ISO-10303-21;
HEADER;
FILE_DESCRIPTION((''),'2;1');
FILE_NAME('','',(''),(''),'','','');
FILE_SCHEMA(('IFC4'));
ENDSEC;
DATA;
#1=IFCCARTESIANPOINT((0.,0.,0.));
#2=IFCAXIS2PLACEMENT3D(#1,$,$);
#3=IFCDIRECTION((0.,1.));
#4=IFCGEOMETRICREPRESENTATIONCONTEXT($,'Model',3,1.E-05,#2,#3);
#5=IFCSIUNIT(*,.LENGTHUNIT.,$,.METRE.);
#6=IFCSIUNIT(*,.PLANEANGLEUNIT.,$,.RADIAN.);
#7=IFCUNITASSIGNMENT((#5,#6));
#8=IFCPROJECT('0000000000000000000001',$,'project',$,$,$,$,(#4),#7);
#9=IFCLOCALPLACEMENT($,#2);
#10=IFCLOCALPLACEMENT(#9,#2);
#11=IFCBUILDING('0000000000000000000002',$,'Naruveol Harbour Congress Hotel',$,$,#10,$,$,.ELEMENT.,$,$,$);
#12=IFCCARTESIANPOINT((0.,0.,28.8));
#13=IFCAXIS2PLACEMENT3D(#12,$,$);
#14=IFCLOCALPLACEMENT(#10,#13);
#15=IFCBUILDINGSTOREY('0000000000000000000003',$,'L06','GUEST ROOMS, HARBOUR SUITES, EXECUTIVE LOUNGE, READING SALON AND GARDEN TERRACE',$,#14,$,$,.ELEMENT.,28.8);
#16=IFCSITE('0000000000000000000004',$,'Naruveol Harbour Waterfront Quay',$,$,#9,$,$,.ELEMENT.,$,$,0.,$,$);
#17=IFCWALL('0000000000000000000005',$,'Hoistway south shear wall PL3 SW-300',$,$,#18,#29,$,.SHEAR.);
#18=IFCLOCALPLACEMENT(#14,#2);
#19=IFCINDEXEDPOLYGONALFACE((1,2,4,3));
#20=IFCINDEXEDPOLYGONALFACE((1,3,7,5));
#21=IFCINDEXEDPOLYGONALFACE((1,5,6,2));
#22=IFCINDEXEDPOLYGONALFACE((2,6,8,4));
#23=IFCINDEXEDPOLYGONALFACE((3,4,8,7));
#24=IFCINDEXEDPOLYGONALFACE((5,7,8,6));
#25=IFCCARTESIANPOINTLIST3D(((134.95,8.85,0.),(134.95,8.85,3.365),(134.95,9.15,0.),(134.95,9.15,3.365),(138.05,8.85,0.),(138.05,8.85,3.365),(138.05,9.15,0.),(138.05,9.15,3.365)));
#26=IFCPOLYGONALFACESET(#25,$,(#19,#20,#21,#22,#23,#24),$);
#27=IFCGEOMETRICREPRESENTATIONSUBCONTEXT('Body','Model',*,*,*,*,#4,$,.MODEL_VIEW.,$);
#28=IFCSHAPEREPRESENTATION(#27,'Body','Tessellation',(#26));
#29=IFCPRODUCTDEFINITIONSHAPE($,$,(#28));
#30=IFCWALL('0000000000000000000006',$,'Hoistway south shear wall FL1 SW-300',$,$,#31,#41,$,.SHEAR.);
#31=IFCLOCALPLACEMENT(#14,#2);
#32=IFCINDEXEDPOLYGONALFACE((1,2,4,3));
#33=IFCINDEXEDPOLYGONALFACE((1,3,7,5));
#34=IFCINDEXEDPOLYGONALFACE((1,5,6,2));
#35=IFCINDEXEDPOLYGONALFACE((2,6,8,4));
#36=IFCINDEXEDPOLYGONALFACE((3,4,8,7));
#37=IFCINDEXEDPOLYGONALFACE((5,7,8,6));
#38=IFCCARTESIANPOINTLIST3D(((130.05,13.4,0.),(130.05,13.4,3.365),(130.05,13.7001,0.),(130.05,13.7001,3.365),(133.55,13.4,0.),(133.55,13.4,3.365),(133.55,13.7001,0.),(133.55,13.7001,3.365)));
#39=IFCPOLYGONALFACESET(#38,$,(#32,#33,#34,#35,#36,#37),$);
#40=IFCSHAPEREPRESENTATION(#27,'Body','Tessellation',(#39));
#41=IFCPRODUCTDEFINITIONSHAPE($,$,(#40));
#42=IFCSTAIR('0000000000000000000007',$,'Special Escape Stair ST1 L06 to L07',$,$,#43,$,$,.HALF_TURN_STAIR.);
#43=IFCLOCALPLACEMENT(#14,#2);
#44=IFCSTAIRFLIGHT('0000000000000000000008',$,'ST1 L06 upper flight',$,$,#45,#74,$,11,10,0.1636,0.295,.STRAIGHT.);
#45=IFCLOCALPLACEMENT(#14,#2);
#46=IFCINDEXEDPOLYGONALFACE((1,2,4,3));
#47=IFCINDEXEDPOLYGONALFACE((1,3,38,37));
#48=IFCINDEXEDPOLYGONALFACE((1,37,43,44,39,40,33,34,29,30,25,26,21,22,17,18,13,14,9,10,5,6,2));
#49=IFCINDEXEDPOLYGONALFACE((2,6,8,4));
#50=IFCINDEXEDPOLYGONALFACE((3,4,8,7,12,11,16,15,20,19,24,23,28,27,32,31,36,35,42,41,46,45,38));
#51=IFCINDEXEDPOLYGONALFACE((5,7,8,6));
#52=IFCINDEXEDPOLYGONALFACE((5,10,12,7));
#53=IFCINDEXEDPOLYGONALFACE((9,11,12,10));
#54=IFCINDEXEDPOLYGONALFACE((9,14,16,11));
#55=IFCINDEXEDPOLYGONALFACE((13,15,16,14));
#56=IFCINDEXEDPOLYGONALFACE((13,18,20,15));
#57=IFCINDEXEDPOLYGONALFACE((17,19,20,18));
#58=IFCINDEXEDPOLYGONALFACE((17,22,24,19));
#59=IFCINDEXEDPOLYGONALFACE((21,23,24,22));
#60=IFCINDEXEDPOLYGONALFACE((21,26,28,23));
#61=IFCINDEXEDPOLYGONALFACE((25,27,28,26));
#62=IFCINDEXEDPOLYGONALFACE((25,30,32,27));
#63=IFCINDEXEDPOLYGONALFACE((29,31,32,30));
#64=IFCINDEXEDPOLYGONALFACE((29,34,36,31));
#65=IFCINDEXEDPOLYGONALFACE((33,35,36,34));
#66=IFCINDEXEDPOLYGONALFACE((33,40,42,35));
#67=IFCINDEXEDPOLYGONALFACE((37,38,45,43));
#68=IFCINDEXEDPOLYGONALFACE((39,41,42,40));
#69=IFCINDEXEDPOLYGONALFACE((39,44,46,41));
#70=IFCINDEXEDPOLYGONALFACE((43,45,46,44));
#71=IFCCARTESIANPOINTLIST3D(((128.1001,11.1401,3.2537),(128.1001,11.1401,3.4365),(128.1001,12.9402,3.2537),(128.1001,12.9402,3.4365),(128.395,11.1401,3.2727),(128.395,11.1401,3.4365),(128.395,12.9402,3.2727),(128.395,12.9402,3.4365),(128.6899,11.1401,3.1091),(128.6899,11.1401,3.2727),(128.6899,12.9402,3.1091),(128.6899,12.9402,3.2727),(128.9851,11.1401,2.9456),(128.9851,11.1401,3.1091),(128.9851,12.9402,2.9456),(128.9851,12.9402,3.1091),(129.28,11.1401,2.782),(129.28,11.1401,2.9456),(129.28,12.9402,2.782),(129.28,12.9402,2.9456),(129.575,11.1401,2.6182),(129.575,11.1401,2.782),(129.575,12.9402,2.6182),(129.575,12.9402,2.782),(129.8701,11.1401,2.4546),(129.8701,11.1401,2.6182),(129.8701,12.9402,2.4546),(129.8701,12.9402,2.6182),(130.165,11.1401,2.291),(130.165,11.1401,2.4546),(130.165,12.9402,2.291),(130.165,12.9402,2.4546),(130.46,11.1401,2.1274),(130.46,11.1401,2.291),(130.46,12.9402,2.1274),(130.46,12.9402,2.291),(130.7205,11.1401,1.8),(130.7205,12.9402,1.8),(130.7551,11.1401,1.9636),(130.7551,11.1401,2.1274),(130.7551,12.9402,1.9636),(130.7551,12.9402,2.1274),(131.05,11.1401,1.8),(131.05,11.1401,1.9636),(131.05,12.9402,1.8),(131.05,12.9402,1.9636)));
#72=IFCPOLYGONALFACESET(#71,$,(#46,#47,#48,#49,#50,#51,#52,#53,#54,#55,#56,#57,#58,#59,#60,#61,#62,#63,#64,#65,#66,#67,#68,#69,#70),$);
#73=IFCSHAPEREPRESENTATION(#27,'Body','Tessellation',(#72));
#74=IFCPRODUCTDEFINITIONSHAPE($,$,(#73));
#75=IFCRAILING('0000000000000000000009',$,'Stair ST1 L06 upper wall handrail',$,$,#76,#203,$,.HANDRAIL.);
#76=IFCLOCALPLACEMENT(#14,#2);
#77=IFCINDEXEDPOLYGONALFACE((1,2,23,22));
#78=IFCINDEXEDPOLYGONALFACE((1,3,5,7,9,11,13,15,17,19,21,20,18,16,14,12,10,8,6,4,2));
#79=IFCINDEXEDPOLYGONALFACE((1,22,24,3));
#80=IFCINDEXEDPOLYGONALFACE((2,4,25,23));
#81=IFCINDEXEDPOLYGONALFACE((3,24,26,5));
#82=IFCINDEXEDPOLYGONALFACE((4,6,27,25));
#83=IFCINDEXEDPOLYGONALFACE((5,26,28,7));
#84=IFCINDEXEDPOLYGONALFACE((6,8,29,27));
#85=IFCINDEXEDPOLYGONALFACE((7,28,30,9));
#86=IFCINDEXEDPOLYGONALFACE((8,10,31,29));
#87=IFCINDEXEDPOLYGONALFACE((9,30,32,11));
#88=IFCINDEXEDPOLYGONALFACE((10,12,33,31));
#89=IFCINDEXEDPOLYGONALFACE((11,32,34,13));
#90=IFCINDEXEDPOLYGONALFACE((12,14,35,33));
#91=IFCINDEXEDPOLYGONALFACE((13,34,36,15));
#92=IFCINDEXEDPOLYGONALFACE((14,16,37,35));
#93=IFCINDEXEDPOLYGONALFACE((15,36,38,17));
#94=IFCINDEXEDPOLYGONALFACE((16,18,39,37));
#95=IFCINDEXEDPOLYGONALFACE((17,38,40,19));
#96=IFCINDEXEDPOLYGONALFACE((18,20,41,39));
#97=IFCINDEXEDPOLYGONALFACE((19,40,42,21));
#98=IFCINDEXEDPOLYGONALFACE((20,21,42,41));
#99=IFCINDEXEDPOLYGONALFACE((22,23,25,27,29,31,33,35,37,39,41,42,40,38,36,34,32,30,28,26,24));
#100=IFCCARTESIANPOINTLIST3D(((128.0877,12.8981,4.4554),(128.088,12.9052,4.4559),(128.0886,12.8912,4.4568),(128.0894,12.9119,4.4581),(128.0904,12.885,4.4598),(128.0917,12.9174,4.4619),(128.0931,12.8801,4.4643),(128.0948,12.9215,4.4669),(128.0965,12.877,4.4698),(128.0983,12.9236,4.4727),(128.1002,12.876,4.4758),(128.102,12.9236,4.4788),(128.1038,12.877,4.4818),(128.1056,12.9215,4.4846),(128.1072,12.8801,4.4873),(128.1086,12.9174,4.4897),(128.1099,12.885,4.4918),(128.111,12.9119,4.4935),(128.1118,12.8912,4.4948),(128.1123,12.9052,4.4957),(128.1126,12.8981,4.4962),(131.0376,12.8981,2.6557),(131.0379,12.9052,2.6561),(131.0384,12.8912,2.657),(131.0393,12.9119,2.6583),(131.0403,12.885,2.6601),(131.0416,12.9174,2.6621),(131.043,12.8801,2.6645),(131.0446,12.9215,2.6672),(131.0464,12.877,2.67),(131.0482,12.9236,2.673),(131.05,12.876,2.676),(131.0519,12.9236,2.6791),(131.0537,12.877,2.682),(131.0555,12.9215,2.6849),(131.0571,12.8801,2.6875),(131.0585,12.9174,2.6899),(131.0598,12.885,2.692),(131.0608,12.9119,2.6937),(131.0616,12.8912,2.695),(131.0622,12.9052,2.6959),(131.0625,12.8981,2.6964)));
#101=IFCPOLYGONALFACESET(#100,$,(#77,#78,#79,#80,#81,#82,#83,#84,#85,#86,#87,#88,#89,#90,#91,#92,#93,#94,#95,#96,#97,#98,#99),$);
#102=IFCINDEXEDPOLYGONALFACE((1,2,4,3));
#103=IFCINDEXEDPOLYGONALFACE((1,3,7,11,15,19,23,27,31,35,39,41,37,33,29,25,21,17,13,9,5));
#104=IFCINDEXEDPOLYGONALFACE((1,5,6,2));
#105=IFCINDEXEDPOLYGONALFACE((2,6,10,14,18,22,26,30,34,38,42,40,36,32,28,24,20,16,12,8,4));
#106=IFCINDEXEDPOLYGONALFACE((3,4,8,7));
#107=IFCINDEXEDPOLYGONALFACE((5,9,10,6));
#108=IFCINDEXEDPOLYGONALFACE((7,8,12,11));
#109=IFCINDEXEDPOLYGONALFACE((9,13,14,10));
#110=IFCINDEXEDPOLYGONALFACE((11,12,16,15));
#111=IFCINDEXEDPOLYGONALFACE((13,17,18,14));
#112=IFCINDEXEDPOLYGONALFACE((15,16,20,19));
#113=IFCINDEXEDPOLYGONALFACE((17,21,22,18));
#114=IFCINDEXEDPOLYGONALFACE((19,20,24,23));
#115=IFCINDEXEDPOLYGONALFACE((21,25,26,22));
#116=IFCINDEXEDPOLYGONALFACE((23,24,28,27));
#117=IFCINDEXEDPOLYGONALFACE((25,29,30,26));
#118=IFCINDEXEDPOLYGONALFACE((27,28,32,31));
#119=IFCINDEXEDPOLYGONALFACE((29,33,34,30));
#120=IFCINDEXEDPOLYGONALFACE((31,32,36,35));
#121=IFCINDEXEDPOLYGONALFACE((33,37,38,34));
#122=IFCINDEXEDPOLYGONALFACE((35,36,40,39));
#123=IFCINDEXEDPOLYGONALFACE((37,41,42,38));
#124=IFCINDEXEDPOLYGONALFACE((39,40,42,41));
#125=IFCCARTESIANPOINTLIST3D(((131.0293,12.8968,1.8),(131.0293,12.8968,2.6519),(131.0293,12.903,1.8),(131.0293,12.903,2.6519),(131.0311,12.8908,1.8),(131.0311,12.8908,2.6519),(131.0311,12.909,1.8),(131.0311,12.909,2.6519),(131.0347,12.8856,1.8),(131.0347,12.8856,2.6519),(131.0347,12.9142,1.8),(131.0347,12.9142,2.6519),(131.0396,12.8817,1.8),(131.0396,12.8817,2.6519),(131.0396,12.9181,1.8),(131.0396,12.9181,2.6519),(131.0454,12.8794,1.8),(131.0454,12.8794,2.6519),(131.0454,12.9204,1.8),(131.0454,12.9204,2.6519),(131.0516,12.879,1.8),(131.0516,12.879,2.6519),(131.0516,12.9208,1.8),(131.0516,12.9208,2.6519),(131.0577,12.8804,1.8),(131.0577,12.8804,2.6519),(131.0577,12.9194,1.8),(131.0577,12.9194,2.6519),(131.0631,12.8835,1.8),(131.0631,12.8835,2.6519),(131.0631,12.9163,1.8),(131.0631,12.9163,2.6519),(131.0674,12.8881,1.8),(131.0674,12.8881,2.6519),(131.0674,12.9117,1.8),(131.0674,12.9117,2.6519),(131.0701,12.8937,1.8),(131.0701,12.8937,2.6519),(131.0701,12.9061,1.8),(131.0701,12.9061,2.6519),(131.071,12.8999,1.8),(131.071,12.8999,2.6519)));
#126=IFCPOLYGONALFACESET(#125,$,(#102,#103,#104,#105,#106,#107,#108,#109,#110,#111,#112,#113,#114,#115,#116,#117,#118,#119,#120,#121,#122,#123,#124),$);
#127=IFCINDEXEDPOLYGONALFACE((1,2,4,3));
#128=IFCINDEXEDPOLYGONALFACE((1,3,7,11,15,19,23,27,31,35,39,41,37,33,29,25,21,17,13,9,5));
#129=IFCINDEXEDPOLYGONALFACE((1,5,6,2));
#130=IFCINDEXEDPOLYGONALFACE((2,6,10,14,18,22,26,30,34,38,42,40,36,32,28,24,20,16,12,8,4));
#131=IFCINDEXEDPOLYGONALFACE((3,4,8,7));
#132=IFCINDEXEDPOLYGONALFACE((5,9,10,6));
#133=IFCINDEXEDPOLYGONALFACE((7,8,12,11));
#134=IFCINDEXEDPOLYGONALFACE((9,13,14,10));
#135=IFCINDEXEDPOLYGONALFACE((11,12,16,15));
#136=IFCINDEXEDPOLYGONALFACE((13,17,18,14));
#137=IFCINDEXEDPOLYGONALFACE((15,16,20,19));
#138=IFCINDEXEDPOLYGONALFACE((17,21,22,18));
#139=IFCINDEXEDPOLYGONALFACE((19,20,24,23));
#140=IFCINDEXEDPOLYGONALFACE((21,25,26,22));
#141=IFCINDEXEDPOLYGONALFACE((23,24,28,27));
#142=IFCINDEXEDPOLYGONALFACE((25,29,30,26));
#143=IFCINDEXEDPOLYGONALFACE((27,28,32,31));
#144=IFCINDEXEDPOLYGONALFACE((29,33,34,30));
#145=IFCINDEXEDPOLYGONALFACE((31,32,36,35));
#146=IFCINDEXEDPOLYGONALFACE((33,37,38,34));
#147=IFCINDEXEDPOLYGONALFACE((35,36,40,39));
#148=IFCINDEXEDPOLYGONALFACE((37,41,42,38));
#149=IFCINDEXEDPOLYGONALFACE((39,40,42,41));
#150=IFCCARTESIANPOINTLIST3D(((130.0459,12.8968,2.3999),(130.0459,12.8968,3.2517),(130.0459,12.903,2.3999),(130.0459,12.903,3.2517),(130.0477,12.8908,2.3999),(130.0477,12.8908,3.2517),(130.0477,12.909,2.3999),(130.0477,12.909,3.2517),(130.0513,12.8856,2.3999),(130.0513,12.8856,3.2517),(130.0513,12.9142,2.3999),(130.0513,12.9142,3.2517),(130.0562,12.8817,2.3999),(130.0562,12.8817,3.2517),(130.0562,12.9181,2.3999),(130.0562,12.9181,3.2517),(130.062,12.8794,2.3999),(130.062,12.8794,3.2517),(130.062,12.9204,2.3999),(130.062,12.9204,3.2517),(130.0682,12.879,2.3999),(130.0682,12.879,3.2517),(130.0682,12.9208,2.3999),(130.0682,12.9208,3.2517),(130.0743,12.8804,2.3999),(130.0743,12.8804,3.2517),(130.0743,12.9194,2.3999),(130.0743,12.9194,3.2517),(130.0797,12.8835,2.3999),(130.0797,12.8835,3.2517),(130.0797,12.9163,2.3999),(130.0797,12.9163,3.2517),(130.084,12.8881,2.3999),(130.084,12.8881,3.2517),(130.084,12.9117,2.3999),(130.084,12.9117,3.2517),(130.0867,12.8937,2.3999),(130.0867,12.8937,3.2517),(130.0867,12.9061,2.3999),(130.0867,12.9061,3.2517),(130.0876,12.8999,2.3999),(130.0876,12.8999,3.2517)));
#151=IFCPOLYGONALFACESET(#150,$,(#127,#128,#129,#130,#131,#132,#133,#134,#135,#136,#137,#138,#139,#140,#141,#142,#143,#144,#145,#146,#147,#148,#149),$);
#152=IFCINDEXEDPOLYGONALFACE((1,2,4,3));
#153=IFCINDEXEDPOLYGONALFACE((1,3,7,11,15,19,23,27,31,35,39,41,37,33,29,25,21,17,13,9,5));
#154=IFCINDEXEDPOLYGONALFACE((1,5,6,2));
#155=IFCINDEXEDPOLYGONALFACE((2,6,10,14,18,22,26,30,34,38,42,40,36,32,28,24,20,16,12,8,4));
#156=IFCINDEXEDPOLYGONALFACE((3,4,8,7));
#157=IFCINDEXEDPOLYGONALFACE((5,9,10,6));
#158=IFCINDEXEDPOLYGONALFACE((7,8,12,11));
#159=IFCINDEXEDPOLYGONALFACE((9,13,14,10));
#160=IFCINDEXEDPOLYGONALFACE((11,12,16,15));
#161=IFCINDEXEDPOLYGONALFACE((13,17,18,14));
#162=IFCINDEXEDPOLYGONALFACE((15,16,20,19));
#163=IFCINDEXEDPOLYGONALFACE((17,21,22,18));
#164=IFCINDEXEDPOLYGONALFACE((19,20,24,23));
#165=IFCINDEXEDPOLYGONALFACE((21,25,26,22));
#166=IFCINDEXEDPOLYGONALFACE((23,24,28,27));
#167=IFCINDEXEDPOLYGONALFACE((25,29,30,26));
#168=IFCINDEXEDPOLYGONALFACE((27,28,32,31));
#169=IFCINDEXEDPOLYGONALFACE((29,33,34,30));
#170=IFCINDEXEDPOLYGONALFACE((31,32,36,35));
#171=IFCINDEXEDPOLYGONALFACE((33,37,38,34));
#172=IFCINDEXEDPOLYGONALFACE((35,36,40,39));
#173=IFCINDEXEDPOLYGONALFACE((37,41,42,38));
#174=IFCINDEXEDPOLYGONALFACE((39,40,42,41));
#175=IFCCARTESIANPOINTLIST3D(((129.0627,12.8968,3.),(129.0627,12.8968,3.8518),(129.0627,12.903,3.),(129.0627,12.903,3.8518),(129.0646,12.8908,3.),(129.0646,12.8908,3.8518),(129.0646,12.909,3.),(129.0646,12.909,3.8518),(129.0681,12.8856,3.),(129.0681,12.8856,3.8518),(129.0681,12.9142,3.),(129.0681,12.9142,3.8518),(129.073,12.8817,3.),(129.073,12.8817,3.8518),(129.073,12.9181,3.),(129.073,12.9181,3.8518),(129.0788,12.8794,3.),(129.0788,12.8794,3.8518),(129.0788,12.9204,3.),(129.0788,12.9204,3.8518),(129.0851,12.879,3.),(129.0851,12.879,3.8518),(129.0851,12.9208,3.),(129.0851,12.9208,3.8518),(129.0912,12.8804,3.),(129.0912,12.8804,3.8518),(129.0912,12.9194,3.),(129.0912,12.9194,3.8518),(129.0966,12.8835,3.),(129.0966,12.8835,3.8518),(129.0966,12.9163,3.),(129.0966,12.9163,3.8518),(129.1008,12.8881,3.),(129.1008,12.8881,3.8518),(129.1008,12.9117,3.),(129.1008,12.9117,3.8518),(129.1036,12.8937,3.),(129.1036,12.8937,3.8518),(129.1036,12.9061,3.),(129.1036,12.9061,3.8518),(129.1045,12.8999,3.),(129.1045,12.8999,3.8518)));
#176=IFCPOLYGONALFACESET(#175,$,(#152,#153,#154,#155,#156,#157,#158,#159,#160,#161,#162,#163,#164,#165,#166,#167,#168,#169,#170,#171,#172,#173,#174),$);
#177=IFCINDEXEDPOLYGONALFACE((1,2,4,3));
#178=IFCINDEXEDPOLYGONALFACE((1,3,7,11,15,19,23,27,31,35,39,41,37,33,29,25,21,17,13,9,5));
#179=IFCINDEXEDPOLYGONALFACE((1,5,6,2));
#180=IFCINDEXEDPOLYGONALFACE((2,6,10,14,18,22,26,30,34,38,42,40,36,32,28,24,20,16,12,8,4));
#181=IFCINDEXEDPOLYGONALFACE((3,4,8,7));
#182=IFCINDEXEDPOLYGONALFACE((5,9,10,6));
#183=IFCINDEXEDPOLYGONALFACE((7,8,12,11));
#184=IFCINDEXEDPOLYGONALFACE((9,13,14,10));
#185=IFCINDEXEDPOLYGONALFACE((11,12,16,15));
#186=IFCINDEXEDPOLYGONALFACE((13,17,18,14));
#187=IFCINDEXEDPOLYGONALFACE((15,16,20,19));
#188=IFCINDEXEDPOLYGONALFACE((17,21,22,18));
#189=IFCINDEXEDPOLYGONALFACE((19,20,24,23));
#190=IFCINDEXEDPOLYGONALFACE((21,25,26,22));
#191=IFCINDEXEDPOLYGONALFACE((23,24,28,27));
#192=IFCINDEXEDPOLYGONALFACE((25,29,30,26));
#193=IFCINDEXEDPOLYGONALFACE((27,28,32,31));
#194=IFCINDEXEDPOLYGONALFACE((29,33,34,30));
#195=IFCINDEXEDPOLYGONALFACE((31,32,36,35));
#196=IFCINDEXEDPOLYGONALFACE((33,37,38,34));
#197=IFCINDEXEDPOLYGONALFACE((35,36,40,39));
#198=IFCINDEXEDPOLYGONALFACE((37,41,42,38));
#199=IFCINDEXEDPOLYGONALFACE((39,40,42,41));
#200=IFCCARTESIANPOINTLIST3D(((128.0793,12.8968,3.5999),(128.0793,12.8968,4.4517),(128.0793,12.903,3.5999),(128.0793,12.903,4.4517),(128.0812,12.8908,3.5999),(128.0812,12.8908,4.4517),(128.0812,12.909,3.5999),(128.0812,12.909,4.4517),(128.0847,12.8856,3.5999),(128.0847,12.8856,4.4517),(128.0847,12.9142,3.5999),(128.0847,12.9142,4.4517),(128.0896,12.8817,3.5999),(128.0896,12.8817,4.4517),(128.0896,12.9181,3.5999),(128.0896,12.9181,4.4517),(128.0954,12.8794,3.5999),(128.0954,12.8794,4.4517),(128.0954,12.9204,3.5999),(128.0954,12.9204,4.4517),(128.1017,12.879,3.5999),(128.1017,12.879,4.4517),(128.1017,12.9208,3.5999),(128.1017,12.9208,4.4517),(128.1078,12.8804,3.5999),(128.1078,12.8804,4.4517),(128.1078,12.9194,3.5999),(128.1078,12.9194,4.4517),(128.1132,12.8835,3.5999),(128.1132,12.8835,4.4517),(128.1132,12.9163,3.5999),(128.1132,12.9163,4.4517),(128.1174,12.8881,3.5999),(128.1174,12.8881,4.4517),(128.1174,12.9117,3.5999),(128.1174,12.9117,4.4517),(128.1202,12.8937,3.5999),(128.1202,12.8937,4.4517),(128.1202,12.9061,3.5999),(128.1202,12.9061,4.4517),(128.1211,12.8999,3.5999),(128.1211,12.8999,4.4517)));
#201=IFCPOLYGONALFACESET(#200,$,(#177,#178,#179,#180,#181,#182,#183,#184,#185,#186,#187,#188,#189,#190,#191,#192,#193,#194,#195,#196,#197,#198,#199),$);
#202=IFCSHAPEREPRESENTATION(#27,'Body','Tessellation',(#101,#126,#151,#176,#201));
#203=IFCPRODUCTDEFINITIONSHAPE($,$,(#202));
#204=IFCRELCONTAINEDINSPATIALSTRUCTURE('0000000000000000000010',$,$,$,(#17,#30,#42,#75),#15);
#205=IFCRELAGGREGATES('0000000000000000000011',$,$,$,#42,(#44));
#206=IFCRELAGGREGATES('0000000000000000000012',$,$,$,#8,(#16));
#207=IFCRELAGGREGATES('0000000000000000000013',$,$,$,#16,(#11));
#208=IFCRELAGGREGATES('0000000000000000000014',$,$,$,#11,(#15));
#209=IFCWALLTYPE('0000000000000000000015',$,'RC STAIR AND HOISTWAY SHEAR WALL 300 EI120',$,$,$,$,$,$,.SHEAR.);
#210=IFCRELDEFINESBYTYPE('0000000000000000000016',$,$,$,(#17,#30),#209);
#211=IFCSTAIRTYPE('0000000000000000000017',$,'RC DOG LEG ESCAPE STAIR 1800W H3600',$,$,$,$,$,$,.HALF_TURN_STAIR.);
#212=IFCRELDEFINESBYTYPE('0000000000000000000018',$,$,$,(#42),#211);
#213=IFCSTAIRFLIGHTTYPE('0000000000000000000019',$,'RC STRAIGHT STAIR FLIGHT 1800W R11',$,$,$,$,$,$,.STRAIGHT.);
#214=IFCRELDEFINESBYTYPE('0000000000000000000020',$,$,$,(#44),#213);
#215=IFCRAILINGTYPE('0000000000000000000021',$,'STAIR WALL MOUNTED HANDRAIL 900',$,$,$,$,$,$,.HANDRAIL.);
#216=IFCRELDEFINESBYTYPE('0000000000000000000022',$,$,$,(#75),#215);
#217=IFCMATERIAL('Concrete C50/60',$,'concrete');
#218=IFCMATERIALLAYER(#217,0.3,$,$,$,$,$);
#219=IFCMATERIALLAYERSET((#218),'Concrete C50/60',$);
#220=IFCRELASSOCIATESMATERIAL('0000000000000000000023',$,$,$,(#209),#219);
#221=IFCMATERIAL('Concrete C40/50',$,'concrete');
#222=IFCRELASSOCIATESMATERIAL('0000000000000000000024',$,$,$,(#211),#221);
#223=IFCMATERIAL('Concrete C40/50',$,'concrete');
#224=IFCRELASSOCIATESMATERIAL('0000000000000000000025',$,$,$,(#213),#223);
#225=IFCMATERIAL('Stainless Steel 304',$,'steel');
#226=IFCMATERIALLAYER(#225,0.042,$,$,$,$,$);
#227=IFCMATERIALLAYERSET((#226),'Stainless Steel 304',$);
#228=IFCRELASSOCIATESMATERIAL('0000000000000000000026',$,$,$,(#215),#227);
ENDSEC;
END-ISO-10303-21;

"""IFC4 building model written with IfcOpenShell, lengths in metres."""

from ifc_helpers import new_model, si_unit, direction, frame, frame_2d, origin, origin_2d, place, context, subcontext, project, spatial, polyline, rectangle, circle, outline, extrude, material, layer, layer_set, type_object, element, aggregate, save


model = new_model("IFC4")

# Units and contexts
model_context = context("Model", 3, precision=1e-05, world=origin(), true_north=direction((0.0, 1.0)))
body_context = subcontext(model_context, "Body", "Model", "MODEL_VIEW")
ifc_project = project(units=[si_unit("LENGTHUNIT", "METRE"), si_unit("PLANEANGLEUNIT", "RADIAN")], contexts=[model_context])

# Site, building, storey
site_placement = place(None, origin())
site = spatial("IfcSite", under=ifc_project, at=site_placement, Name="Naruveol Harbour Waterfront Quay", CompositionType="ELEMENT", RefElevation=0.0)
building_placement = place(site_placement, origin())
building = spatial("IfcBuilding", under=site, at=building_placement, Name="Naruveol Harbour Congress Hotel", CompositionType="ELEMENT")
storey_placement = place(building_placement, frame((0.0, 0.0, 28.8)))
storey = spatial("IfcBuildingStorey", under=building, at=storey_placement, Name="L06", Description="GUEST ROOMS, HARBOUR SUITES, EXECUTIVE LOUNGE, READING SALON AND GARDEN TERRACE", CompositionType="ELEMENT", Elevation=28.8)

# Walls
ifc_material_1 = material(Name="Concrete C50/60", Category="concrete")
ifc_layer_1 = layer(ifc_material_1, 0.3)
ifc_layer_set_1 = layer_set([ifc_layer_1], Name="Concrete C50/60")
wall_type_1 = type_object("IfcWallType", Name="RC STAIR AND HOISTWAY SHEAR WALL 300 EI120", PredefinedType="SHEAR", material=ifc_layer_set_1)
wall_1_placement = place(storey_placement, frame((134.95, 9.0, 0.0), z_axis=(0.0, 0.0, 1.0), x_axis=(1.0, 0.0, 0.0)))
element("IfcWall", 1, at=wall_1_placement, inside=storey, type_object=wall_type_1, Name="Hoistway south shear wall PL3 SW-300", PredefinedType="SHEAR", context=body_context, shape_type="SweptSolid", body=[
    extrude(rectangle(XDim=3.1001, YDim=0.3, at=frame_2d((1.55, 0.0))), origin(), (0.0, 0.0, 1.0), 3.365),
])
wall_2_placement = place(storey_placement, frame((130.05, 13.55, 0.0), z_axis=(0.0, 0.0, 1.0), x_axis=(1.0, 0.0, 0.0)))
element("IfcWall", 2, at=wall_2_placement, inside=storey, type_object=wall_type_1, Name="Hoistway south shear wall FL1 SW-300", PredefinedType="SHEAR", context=body_context, shape_type="SweptSolid", body=[
    extrude(rectangle(XDim=3.5, YDim=0.3, at=frame_2d((1.75, 0.0))), origin(), (0.0, 0.0, 1.0), 3.365),
])

# Stair, stair flight
ifc_material_2 = material(Name="Concrete C40/50", Category="concrete")
stair_type = type_object("IfcStairType", Name="RC DOG LEG ESCAPE STAIR 1800W H3600", PredefinedType="HALF_TURN_STAIR", material=ifc_material_2)
stair_placement = place(storey_placement, origin())
stair = element("IfcStair", 3, at=stair_placement, inside=storey, type_object=stair_type, Name="Special Escape Stair ST1 L06 to L07", PredefinedType="HALF_TURN_STAIR")
ifc_material_3 = material(Name="Concrete C40/50", Category="concrete")
stair_flight_type = type_object("IfcStairFlightType", Name="RC STRAIGHT STAIR FLIGHT 1800W R11", PredefinedType="STRAIGHT", material=ifc_material_3)
stair_flight_placement = place(storey_placement, frame((131.05, 12.04, 1.8), z_axis=(0.0, 0.0, 1.0), x_axis=(-1.0, 0.0, 0.0)))
stair_flight = element("IfcStairFlight", 4, at=stair_flight_placement, type_object=stair_flight_type, Name="ST1 L06 upper flight", NumberOfRisers=11, NumberOfTreads=10, PredefinedType="STRAIGHT", RiserHeight=0.1636, TreadLength=0.295, context=body_context, shape_type="SweptSolid", body=[
    extrude(outline(polyline([(0.0, 0.0), (0.0, 0.1636), (0.2949, 0.1636), (0.2949, 0.3274), (0.5901, 0.3274), (0.5901, 0.491), (0.885, 0.491), (0.885, 0.6545), (1.1799, 0.6545), (1.1799, 0.8181), (1.4751, 0.8181), (1.4751, 0.9819), (1.77, 0.9819), (1.77, 1.1455), (2.0649, 1.1455), (2.0649, 1.3091), (2.3601, 1.3091), (2.3601, 1.4727), (2.655, 1.4727), (2.655, 1.6365), (2.95, 1.6365), (2.95, 1.8), (2.95, 1.4536), (0.3296, 0.0), (0.0, 0.0)])), frame((0.0, 0.8999, 0.0), z_axis=(0.0, -1.0, 0.0), x_axis=(1.0, 0.0, 0.0)), (0.0, 0.0, 1.0), 1.8),
])
aggregate(stair, [stair_flight])

# Railing
ifc_material_4 = material(Name="Stainless Steel 304", Category="steel")
ifc_layer_2 = layer(ifc_material_4, 0.042)
ifc_layer_set_2 = layer_set([ifc_layer_2], Name="Stainless Steel 304")
railing_type_1 = type_object("IfcRailingType", Name="STAIR WALL MOUNTED HANDRAIL 900", PredefinedType="HANDRAIL", material=ifc_layer_set_2)
railing_1_placement = place(storey_placement, frame((131.05, 12.8999, 1.8)))
element("IfcRailing", 5, at=railing_1_placement, inside=storey, type_object=railing_type_1, Name="Stair ST1 L06 upper wall handrail", PredefinedType="HANDRAIL", context=body_context, shape_type="SweptSolid", body=[
    extrude(circle(Radius=0.0239, at=origin_2d()), frame((0.0, 0.0, 0.876), z_axis=(-0.853661, 0.0, 0.52083), x_axis=(0.0, -1.0, 0.0)), (0.0, 0.0, 1.0), 3.4556),
    extrude(circle(Radius=0.021, at=origin_2d()), origin(), (0.0, 0.0, 1.0), 0.8518),
    extrude(circle(Radius=0.021, at=origin_2d()), frame((-0.9834, 0.0, 0.5999)), (0.0, 0.0, 1.0), 0.8518),
    extrude(circle(Radius=0.021, at=origin_2d()), frame((-1.9666, 0.0, 1.2)), (0.0, 0.0, 1.0), 0.8518),
    extrude(circle(Radius=0.021, at=origin_2d()), frame((-2.95, 0.0, 1.7998)), (0.0, 0.0, 1.0), 0.8518),
])

save(model, "model.ifc")
